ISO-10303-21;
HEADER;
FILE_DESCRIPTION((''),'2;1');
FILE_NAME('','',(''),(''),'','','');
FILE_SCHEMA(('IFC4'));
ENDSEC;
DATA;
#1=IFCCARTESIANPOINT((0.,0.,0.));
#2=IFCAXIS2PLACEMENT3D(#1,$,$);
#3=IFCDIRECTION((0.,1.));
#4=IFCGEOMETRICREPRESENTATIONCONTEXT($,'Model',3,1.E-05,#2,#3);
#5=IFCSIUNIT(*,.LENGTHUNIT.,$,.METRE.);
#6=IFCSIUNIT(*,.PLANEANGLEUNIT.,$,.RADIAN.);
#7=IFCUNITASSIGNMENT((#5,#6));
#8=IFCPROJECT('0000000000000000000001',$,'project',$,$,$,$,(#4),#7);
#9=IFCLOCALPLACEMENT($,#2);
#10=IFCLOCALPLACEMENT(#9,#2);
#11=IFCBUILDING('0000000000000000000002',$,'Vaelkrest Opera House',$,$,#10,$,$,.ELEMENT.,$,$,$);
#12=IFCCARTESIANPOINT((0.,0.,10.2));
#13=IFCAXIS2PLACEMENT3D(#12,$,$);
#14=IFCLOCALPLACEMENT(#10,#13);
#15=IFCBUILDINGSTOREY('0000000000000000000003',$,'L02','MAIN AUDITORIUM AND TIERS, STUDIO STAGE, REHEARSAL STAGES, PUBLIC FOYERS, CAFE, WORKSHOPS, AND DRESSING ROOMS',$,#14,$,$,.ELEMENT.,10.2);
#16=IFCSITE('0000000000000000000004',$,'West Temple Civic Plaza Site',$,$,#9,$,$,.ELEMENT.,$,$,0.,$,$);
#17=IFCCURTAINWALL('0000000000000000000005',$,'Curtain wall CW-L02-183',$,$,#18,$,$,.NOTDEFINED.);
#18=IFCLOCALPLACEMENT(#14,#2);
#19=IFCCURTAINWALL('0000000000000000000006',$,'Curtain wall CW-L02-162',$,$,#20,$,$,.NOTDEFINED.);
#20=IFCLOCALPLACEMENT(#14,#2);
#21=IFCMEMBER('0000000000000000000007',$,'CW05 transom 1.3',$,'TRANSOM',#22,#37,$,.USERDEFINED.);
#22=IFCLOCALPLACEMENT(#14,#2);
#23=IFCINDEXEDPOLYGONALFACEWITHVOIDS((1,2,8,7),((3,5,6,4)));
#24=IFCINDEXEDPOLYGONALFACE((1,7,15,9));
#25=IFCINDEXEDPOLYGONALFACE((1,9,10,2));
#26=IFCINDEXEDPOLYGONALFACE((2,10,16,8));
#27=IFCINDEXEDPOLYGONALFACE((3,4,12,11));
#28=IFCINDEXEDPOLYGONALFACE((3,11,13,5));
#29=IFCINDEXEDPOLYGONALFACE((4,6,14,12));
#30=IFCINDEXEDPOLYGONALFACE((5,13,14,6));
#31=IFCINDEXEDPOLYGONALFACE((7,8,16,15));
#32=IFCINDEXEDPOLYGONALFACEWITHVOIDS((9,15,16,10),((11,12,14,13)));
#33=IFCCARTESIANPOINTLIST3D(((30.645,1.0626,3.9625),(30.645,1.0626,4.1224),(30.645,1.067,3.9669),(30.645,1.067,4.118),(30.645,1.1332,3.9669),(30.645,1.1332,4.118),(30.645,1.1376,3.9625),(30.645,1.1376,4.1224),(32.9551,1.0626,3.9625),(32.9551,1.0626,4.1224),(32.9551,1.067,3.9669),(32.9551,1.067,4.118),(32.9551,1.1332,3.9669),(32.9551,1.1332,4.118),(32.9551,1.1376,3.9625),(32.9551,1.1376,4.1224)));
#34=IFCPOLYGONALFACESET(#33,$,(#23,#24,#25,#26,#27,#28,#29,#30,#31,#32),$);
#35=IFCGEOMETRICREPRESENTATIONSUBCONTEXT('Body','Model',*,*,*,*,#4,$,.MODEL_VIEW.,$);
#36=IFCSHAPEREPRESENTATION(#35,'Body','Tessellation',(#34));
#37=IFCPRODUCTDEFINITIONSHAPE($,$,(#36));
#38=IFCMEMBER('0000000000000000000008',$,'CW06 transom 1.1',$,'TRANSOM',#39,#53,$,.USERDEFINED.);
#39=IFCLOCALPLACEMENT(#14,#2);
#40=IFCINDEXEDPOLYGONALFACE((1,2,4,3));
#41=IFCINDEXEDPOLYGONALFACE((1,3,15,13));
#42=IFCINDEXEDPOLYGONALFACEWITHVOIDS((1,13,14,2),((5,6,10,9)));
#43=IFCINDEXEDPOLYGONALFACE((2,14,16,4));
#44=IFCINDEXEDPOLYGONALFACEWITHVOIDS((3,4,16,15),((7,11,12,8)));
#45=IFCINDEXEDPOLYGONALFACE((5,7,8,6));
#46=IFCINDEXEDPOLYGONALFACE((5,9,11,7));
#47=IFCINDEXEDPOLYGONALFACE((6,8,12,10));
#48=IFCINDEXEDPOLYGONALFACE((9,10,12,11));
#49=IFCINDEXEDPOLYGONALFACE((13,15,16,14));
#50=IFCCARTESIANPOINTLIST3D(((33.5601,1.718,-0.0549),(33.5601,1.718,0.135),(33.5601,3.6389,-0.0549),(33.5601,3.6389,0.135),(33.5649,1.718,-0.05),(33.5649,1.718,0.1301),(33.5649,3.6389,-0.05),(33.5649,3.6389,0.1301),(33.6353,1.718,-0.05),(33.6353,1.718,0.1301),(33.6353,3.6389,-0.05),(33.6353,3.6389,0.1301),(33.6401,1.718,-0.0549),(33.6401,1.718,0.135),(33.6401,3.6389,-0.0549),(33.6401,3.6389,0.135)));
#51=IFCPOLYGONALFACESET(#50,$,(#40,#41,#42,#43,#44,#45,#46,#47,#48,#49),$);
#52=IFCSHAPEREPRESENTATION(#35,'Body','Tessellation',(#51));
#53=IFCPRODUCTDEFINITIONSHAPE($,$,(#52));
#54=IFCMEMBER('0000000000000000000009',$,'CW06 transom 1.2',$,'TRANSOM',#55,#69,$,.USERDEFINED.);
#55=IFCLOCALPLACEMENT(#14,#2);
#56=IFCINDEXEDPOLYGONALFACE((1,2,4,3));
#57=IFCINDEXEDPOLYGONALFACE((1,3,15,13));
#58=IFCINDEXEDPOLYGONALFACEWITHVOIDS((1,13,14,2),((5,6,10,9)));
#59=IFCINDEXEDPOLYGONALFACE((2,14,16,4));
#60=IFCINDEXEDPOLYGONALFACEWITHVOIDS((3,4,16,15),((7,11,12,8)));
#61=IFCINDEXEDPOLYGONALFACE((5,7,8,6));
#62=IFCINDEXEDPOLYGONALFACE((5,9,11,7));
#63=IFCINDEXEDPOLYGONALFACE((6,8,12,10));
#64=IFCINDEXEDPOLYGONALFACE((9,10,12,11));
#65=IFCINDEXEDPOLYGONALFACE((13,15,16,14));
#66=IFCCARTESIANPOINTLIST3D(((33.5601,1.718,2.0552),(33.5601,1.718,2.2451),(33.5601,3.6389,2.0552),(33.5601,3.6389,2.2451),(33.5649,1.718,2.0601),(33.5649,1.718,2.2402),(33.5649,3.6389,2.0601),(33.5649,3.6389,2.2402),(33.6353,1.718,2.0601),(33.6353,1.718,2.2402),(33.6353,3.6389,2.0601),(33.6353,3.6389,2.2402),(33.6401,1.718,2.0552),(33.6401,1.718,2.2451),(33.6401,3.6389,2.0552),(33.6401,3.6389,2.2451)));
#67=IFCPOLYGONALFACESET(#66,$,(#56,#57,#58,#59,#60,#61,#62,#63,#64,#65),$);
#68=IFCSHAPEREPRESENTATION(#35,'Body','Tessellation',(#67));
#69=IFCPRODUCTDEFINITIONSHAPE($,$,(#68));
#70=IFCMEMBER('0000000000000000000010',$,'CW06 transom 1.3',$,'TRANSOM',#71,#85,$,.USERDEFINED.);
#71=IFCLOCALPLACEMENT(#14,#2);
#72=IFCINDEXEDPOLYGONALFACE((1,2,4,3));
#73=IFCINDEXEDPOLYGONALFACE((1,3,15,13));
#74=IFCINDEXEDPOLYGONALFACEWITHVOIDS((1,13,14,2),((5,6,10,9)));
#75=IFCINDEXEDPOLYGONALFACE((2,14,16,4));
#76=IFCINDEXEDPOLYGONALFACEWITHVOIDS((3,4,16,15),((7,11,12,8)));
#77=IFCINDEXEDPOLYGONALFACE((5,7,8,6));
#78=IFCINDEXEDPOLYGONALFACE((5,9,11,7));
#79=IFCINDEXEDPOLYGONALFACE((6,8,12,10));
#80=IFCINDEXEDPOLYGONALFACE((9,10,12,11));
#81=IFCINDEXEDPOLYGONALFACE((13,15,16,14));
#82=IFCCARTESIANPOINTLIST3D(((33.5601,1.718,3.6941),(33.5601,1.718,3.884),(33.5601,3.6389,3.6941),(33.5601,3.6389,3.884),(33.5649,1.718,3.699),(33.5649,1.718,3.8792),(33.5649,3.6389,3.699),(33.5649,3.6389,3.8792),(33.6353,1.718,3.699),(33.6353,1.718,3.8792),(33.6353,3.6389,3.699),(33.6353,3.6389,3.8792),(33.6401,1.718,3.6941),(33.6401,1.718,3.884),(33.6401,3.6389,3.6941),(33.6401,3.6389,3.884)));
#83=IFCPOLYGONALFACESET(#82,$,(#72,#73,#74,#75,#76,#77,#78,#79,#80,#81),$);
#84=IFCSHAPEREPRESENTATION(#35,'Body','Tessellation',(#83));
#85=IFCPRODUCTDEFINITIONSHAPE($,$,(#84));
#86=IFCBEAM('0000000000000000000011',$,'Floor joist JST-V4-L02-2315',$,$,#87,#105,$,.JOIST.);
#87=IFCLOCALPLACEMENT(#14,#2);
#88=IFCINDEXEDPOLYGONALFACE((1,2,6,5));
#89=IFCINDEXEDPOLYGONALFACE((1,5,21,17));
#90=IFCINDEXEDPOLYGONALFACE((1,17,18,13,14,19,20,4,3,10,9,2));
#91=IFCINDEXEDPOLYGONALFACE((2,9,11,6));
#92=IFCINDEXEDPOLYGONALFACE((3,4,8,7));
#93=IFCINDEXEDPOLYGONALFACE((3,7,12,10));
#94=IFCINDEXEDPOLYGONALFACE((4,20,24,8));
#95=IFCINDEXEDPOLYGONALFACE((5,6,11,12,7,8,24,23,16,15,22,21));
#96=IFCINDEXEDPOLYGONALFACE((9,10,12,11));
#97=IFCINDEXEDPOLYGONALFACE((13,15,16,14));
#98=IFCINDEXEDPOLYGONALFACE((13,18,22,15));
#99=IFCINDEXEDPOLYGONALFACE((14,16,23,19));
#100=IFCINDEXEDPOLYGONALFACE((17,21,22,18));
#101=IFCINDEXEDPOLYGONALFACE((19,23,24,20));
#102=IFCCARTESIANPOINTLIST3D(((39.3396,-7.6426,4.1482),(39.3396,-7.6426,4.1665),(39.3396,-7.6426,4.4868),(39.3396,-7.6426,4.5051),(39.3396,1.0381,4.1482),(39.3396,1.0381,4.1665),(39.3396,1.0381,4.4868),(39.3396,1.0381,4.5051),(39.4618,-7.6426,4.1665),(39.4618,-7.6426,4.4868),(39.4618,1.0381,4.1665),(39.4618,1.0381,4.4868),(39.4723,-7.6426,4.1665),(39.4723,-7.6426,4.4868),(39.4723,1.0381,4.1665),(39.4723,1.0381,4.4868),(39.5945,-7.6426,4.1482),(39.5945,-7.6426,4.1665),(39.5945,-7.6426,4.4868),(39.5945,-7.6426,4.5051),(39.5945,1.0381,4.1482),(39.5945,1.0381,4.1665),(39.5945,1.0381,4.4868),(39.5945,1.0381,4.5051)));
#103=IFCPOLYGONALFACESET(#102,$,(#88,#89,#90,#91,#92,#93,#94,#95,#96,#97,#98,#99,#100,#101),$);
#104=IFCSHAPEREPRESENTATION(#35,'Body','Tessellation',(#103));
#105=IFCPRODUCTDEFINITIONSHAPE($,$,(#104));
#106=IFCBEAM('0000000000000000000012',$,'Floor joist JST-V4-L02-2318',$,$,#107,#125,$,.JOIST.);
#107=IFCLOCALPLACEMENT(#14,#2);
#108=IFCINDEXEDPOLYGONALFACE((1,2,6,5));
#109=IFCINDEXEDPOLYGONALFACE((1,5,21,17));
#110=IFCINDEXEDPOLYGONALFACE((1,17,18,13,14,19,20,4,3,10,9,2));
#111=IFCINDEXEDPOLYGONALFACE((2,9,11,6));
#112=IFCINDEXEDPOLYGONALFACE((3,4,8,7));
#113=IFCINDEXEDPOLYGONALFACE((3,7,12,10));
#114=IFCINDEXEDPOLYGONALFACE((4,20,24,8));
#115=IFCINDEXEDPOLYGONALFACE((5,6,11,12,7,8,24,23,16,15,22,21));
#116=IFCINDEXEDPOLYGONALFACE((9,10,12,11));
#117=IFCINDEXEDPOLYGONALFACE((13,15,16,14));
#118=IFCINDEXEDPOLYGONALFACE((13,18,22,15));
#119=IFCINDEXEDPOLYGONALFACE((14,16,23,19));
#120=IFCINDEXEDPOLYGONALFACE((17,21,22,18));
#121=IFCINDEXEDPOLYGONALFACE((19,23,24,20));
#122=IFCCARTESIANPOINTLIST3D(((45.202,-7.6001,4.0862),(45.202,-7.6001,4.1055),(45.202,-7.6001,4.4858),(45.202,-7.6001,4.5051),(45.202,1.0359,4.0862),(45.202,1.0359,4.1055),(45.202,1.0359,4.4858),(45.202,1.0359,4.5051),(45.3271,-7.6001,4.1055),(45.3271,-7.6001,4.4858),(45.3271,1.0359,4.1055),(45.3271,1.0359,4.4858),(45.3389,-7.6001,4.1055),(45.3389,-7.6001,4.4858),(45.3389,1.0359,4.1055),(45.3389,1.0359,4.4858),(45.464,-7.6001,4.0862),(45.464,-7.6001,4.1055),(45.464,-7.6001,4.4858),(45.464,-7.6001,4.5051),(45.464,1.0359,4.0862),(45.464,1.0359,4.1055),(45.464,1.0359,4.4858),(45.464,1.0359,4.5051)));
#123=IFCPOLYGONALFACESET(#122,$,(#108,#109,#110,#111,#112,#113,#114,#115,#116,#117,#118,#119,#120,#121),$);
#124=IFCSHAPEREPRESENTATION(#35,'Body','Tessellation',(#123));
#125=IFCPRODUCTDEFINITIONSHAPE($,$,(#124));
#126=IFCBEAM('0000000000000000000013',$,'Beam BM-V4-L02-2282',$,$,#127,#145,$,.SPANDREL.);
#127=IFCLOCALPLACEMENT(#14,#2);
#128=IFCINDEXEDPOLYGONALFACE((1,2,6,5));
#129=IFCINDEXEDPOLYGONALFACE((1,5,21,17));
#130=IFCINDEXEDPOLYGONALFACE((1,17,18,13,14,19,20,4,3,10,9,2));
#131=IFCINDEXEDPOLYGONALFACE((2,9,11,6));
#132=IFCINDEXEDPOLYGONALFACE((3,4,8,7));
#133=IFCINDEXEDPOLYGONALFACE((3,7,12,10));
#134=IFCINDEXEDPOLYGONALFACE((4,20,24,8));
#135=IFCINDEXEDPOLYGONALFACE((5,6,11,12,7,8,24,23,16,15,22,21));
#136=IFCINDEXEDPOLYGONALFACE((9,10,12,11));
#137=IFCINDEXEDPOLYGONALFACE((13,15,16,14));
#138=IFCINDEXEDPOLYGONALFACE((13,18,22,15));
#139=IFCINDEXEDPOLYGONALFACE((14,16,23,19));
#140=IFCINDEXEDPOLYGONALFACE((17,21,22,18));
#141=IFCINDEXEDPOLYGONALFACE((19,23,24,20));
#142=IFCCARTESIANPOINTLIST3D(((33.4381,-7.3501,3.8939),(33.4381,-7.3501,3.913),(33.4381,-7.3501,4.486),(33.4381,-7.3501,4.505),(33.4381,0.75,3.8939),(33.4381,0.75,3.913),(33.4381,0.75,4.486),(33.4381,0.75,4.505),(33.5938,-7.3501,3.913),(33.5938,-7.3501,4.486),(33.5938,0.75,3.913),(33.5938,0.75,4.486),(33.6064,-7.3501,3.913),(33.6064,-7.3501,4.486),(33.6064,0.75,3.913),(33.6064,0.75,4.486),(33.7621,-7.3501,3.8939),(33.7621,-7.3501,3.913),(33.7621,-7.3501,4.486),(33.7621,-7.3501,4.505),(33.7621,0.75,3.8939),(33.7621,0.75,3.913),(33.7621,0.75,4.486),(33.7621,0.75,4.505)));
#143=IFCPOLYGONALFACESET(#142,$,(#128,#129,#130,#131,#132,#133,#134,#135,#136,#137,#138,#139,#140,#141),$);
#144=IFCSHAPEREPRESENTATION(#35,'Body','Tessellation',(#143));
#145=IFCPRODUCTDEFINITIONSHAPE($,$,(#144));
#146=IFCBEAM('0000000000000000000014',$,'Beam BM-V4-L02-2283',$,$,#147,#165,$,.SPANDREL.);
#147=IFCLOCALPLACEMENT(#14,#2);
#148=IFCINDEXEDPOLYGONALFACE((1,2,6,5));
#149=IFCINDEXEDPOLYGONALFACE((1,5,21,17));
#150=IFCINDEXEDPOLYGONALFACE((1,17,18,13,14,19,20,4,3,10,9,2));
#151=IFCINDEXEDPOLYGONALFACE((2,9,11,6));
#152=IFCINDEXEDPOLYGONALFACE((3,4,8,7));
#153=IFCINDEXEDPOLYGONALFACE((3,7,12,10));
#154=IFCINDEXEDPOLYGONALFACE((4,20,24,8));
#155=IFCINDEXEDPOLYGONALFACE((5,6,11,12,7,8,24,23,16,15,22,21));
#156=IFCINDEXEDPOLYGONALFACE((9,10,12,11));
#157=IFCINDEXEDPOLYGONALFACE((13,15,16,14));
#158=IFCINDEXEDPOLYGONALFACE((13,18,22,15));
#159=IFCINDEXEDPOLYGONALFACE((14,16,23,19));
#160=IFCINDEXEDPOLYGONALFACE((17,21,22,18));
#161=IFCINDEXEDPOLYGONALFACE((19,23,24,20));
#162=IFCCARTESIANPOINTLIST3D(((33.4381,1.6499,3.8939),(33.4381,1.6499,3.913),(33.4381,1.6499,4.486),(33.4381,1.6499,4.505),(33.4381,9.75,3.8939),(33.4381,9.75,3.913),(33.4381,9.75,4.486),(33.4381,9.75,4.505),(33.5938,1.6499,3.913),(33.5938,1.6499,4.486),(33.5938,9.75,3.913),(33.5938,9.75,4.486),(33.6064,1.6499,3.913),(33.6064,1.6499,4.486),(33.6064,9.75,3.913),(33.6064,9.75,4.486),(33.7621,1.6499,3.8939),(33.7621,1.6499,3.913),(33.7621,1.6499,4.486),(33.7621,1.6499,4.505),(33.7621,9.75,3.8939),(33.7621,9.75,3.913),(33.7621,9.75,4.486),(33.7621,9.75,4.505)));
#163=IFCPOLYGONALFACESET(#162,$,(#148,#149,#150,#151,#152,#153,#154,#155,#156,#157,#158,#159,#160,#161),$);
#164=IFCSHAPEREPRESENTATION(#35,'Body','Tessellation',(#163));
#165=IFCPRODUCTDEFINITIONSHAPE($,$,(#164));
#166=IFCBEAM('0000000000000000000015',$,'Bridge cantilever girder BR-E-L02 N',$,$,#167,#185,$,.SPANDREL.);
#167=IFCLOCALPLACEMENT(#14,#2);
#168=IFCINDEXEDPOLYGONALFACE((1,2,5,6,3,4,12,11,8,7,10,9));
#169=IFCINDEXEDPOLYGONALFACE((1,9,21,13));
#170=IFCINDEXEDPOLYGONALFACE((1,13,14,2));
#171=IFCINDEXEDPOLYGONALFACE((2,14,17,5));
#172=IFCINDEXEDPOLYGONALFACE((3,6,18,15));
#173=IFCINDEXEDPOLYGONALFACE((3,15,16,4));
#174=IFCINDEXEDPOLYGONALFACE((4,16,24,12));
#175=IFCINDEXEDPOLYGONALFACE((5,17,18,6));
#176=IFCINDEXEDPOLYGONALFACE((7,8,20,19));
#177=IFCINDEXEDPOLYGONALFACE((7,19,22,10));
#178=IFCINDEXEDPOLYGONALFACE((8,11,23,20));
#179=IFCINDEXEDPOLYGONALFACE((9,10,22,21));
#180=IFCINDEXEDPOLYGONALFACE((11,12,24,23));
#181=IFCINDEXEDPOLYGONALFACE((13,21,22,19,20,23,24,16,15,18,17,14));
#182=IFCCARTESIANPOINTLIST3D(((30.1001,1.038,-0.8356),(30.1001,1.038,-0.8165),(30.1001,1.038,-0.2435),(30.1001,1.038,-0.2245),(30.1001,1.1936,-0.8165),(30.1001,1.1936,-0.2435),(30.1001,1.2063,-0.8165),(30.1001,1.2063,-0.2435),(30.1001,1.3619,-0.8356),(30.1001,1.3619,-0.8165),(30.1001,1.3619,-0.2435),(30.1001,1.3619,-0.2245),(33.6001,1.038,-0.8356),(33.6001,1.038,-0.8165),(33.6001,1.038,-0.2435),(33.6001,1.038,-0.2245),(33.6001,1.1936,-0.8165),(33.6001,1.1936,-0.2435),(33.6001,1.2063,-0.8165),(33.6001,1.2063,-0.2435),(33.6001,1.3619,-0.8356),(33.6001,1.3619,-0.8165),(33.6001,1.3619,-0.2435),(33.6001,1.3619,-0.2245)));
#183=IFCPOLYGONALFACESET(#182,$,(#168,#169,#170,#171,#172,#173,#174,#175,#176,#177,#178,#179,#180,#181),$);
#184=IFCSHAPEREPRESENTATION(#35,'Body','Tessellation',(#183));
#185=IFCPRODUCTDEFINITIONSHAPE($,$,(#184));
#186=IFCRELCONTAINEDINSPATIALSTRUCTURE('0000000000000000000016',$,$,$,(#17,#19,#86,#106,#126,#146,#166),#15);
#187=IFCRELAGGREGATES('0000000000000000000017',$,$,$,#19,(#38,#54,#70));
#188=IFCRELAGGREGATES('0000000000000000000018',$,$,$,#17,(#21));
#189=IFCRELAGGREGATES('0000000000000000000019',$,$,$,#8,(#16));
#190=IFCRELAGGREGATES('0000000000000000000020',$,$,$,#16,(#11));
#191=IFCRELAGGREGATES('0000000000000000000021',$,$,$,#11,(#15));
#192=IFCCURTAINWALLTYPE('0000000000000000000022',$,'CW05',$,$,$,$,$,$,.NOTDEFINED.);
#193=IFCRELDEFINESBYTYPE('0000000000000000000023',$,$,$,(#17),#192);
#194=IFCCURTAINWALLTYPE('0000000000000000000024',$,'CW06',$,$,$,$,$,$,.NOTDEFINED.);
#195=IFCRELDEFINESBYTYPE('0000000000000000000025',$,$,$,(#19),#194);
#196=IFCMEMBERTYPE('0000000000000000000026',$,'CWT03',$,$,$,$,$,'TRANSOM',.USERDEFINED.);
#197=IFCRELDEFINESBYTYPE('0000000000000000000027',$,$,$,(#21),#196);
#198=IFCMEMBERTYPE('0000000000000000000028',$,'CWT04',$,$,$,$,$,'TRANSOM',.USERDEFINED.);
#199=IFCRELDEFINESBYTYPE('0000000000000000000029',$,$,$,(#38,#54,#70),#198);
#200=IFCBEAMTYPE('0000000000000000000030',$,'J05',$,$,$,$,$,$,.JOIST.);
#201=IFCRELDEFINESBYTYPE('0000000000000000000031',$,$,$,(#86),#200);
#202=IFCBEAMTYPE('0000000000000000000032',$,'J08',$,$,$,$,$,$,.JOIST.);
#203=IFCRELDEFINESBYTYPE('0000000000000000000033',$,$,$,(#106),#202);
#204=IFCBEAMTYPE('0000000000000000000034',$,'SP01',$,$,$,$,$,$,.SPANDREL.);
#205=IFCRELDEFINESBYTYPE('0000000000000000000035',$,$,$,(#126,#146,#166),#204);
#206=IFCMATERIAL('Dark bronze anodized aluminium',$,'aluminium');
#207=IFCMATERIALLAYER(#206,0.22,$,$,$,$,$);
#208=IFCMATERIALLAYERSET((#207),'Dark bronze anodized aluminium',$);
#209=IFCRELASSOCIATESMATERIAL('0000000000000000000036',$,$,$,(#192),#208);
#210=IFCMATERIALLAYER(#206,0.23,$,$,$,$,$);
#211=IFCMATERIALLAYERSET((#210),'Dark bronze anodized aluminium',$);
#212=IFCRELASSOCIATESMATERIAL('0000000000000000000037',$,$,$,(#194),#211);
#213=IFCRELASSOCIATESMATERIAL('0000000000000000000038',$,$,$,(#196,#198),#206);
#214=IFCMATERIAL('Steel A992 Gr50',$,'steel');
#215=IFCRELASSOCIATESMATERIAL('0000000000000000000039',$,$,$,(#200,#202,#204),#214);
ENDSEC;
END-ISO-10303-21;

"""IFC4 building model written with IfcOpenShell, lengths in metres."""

from ifc_helpers import new_model, si_unit, direction, frame, origin, origin_2d, place, context, subcontext, project, spatial, hollow_rectangle, i_section, extrude, material, layer, layer_set, material_profile, profile_set, type_object, element, aggregate, save


model = new_model("IFC4")

# Units and contexts
model_context = context("Model", 3, precision=1e-05, world=origin(), true_north=direction((0.0, 1.0)))
body_context = subcontext(model_context, "Body", "Model", "MODEL_VIEW")
ifc_project = project(units=[si_unit("LENGTHUNIT", "METRE"), si_unit("PLANEANGLEUNIT", "RADIAN")], contexts=[model_context])

# Site, building, storey
site_placement = place(None, origin())
site = spatial("IfcSite", under=ifc_project, at=site_placement, Name="West Temple Civic Plaza Site", CompositionType="ELEMENT", RefElevation=0.0)
building_placement = place(site_placement, origin())
building = spatial("IfcBuilding", under=site, at=building_placement, Name="Vaelkrest Opera House", CompositionType="ELEMENT")
storey_placement = place(building_placement, frame((0.0, 0.0, 10.2)))
storey = spatial("IfcBuildingStorey", under=building, at=storey_placement, Name="L02", Description="MAIN AUDITORIUM AND TIERS, STUDIO STAGE, REHEARSAL STAGES, PUBLIC FOYERS, CAFE, WORKSHOPS, AND DRESSING ROOMS", CompositionType="ELEMENT", Elevation=10.2)

# Shared definitions
ifc_material_1 = material(Name="Steel A992 Gr50", Category="steel")

# Curtain wall
ifc_material_2 = material(Name="Dark bronze anodized aluminium", Category="aluminium")
ifc_layer_1 = layer(ifc_material_2, 0.22)
ifc_layer_set_1 = layer_set([ifc_layer_1], Name="Dark bronze anodized aluminium")
curtain_wall_type_1 = type_object("IfcCurtainWallType", Name="CW05", PredefinedType="NOTDEFINED", material=ifc_layer_set_1)
curtain_wall_1_placement = place(storey_placement, origin())
curtain_wall_1 = element("IfcCurtainWall", 1, at=curtain_wall_1_placement, inside=storey, type_object=curtain_wall_type_1, Name="Curtain wall CW-L02-183", PredefinedType="NOTDEFINED")

# Curtain wall
ifc_layer_2 = layer(ifc_material_2, 0.23)
ifc_layer_set_2 = layer_set([ifc_layer_2], Name="Dark bronze anodized aluminium")
curtain_wall_type_2 = type_object("IfcCurtainWallType", Name="CW06", PredefinedType="NOTDEFINED", material=ifc_layer_set_2)
curtain_wall_2_placement = place(storey_placement, origin())
curtain_wall_2 = element("IfcCurtainWall", 2, at=curtain_wall_2_placement, inside=storey, type_object=curtain_wall_type_2, Name="Curtain wall CW-L02-162", PredefinedType="NOTDEFINED")

# Members
ifc_material_profile_1 = material_profile(ifc_material_2, hollow_rectangle(XDim=0.075, YDim=0.1599, WallThickness=0.0044, at=origin_2d()), Name="CWT75X160")
ifc_profile_set_1 = profile_set([ifc_material_profile_1], Name="Dark bronze anodized aluminium")
member_type_1 = type_object("IfcMemberType", Name="CWT03", ElementType="TRANSOM", PredefinedType="USERDEFINED", material=ifc_profile_set_1)
member_1_placement = place(storey_placement, frame((30.645, 1.1001, 4.0425), z_axis=(1.0, 0.0, 0.0), x_axis=(0.0, 1.0, 0.0)))
member_1 = element("IfcMember", 3, at=member_1_placement, type_object=member_type_1, Name="CW05 transom 1.3", ObjectType="TRANSOM", PredefinedType="USERDEFINED", context=body_context, shape_type="SweptSolid", body=[
    extrude(hollow_rectangle(XDim=0.075, YDim=0.1599, WallThickness=0.0044, at=origin_2d()), origin(), (0.0, 0.0, 1.0), 2.3101),
])
ifc_material_profile_2 = material_profile(ifc_material_2, hollow_rectangle(XDim=0.0801, YDim=0.1899, WallThickness=0.0049, at=origin_2d()), Name="CWT80X190")
ifc_profile_set_2 = profile_set([ifc_material_profile_2], Name="Dark bronze anodized aluminium")
member_type_2 = type_object("IfcMemberType", Name="CWT04", ElementType="TRANSOM", PredefinedType="USERDEFINED", material=ifc_profile_set_2)
member_2_placement = place(storey_placement, frame((33.6001, 1.718, 0.04), z_axis=(0.0, 1.0, 0.0), x_axis=(-1.0, 0.0, 0.0)))
member_2 = element("IfcMember", 4, at=member_2_placement, type_object=member_type_2, Name="CW06 transom 1.1", ObjectType="TRANSOM", PredefinedType="USERDEFINED", context=body_context, shape_type="SweptSolid", body=[
    extrude(hollow_rectangle(XDim=0.0801, YDim=0.1899, WallThickness=0.0049, at=origin_2d()), origin(), (0.0, 0.0, 1.0), 1.9209),
])
member_3_placement = place(storey_placement, frame((33.6001, 1.718, 2.1501), z_axis=(0.0, 1.0, 0.0), x_axis=(-1.0, 0.0, 0.0)))
member_3 = element("IfcMember", 5, at=member_3_placement, type_object=member_type_2, Name="CW06 transom 1.2", ObjectType="TRANSOM", PredefinedType="USERDEFINED", context=body_context, shape_type="SweptSolid", body=[
    extrude(hollow_rectangle(XDim=0.0801, YDim=0.1899, WallThickness=0.0049, at=origin_2d()), origin(), (0.0, 0.0, 1.0), 1.9209),
])
member_4_placement = place(storey_placement, frame((33.6001, 1.718, 3.7891), z_axis=(0.0, 1.0, 0.0), x_axis=(-1.0, 0.0, 0.0)))
member_4 = element("IfcMember", 6, at=member_4_placement, type_object=member_type_2, Name="CW06 transom 1.3", ObjectType="TRANSOM", PredefinedType="USERDEFINED", context=body_context, shape_type="SweptSolid", body=[
    extrude(hollow_rectangle(XDim=0.0801, YDim=0.1899, WallThickness=0.0049, at=origin_2d()), origin(), (0.0, 0.0, 1.0), 1.9209),
])
aggregate(curtain_wall_2, [member_2, member_3, member_4])

# Beams
ifc_material_profile_3 = material_profile(ifc_material_1, i_section(OverallWidth=0.2549, OverallDepth=0.3569, WebThickness=0.0105, FlangeThickness=0.0183, at=origin_2d()), Name="W14X68")
ifc_profile_set_3 = profile_set([ifc_material_profile_3], Name="Steel A992 Gr50")
beam_type_1 = type_object("IfcBeamType", Name="J05", PredefinedType="JOIST", material=ifc_profile_set_3)
beam_1_placement = place(storey_placement, frame((39.467, -7.6426, 4.3267), z_axis=(0.0, 1.0, 0.0), x_axis=(-1.0, 0.0, 0.0)))
element("IfcBeam", 7, at=beam_1_placement, inside=storey, type_object=beam_type_1, Name="Floor joist JST-V4-L02-2315", PredefinedType="JOIST", context=body_context, shape_type="SweptSolid", body=[
    extrude(i_section(OverallWidth=0.2549, OverallDepth=0.3569, WebThickness=0.0105, FlangeThickness=0.0183, at=origin_2d()), origin(), (0.0, 0.0, 1.0), 8.6807),
])
ifc_material_profile_4 = material_profile(ifc_material_1, i_section(OverallWidth=0.262, OverallDepth=0.4189, WebThickness=0.0117, FlangeThickness=0.0193, at=origin_2d()), Name="W16X77")
ifc_profile_set_4 = profile_set([ifc_material_profile_4], Name="Steel A992 Gr50")
beam_type_2 = type_object("IfcBeamType", Name="J08", PredefinedType="JOIST", material=ifc_profile_set_4)
beam_2_placement = place(storey_placement, frame((45.333, -7.6001, 4.2957), z_axis=(0.0, 1.0, 0.0), x_axis=(-1.0, 0.0, 0.0)))
element("IfcBeam", 8, at=beam_2_placement, inside=storey, type_object=beam_type_2, Name="Floor joist JST-V4-L02-2318", PredefinedType="JOIST", context=body_context, shape_type="SweptSolid", body=[
    extrude(i_section(OverallWidth=0.262, OverallDepth=0.4189, WebThickness=0.0117, FlangeThickness=0.0193, at=origin_2d()), origin(), (0.0, 0.0, 1.0), 8.636),
])
ifc_material_profile_5 = material_profile(ifc_material_1, i_section(OverallWidth=0.324, OverallDepth=0.6111, WebThickness=0.0127, FlangeThickness=0.019, at=origin_2d()), Name="W24X104")
ifc_profile_set_5 = profile_set([ifc_material_profile_5], Name="Steel A992 Gr50")
beam_type_3 = type_object("IfcBeamType", Name="SP01", PredefinedType="SPANDREL", material=ifc_profile_set_5)
for number, where, z_axis, x_axis, name in (
    (9, (33.6001, -7.3501, 4.1995), (0.0, 1.0, 0.0), (-1.0, 0.0, 0.0), "Beam BM-V4-L02-2282"),
    (10, (33.6001, 1.6499, 4.1995), (0.0, 1.0, 0.0), (-1.0, 0.0, 0.0), "Beam BM-V4-L02-2283"),
):
    element("IfcBeam", number, at=place(storey_placement, frame(where, z_axis=z_axis, x_axis=x_axis)), inside=storey, type_object=beam_type_3, Name=name, PredefinedType="SPANDREL", context=body_context, shape_type="SweptSolid", body=[
        extrude(i_section(OverallWidth=0.324, OverallDepth=0.6111, WebThickness=0.0127, FlangeThickness=0.019, at=origin_2d()), origin(), (0.0, 0.0, 1.0), 8.1001),
    ])
beam_3_placement = place(storey_placement, frame((30.1001, 1.2, -0.53), z_axis=(1.0, 0.0, 0.0), x_axis=(0.0, 1.0, 0.0)))
element("IfcBeam", 11, at=beam_3_placement, inside=storey, type_object=beam_type_3, Name="Bridge cantilever girder BR-E-L02 N", PredefinedType="SPANDREL", context=body_context, shape_type="SweptSolid", body=[
    extrude(i_section(OverallWidth=0.324, OverallDepth=0.6111, WebThickness=0.0127, FlangeThickness=0.019, at=origin_2d()), origin(), (0.0, 0.0, 1.0), 3.5),
])

aggregate(curtain_wall_1, [member_1])

save(model, "model.ifc")
